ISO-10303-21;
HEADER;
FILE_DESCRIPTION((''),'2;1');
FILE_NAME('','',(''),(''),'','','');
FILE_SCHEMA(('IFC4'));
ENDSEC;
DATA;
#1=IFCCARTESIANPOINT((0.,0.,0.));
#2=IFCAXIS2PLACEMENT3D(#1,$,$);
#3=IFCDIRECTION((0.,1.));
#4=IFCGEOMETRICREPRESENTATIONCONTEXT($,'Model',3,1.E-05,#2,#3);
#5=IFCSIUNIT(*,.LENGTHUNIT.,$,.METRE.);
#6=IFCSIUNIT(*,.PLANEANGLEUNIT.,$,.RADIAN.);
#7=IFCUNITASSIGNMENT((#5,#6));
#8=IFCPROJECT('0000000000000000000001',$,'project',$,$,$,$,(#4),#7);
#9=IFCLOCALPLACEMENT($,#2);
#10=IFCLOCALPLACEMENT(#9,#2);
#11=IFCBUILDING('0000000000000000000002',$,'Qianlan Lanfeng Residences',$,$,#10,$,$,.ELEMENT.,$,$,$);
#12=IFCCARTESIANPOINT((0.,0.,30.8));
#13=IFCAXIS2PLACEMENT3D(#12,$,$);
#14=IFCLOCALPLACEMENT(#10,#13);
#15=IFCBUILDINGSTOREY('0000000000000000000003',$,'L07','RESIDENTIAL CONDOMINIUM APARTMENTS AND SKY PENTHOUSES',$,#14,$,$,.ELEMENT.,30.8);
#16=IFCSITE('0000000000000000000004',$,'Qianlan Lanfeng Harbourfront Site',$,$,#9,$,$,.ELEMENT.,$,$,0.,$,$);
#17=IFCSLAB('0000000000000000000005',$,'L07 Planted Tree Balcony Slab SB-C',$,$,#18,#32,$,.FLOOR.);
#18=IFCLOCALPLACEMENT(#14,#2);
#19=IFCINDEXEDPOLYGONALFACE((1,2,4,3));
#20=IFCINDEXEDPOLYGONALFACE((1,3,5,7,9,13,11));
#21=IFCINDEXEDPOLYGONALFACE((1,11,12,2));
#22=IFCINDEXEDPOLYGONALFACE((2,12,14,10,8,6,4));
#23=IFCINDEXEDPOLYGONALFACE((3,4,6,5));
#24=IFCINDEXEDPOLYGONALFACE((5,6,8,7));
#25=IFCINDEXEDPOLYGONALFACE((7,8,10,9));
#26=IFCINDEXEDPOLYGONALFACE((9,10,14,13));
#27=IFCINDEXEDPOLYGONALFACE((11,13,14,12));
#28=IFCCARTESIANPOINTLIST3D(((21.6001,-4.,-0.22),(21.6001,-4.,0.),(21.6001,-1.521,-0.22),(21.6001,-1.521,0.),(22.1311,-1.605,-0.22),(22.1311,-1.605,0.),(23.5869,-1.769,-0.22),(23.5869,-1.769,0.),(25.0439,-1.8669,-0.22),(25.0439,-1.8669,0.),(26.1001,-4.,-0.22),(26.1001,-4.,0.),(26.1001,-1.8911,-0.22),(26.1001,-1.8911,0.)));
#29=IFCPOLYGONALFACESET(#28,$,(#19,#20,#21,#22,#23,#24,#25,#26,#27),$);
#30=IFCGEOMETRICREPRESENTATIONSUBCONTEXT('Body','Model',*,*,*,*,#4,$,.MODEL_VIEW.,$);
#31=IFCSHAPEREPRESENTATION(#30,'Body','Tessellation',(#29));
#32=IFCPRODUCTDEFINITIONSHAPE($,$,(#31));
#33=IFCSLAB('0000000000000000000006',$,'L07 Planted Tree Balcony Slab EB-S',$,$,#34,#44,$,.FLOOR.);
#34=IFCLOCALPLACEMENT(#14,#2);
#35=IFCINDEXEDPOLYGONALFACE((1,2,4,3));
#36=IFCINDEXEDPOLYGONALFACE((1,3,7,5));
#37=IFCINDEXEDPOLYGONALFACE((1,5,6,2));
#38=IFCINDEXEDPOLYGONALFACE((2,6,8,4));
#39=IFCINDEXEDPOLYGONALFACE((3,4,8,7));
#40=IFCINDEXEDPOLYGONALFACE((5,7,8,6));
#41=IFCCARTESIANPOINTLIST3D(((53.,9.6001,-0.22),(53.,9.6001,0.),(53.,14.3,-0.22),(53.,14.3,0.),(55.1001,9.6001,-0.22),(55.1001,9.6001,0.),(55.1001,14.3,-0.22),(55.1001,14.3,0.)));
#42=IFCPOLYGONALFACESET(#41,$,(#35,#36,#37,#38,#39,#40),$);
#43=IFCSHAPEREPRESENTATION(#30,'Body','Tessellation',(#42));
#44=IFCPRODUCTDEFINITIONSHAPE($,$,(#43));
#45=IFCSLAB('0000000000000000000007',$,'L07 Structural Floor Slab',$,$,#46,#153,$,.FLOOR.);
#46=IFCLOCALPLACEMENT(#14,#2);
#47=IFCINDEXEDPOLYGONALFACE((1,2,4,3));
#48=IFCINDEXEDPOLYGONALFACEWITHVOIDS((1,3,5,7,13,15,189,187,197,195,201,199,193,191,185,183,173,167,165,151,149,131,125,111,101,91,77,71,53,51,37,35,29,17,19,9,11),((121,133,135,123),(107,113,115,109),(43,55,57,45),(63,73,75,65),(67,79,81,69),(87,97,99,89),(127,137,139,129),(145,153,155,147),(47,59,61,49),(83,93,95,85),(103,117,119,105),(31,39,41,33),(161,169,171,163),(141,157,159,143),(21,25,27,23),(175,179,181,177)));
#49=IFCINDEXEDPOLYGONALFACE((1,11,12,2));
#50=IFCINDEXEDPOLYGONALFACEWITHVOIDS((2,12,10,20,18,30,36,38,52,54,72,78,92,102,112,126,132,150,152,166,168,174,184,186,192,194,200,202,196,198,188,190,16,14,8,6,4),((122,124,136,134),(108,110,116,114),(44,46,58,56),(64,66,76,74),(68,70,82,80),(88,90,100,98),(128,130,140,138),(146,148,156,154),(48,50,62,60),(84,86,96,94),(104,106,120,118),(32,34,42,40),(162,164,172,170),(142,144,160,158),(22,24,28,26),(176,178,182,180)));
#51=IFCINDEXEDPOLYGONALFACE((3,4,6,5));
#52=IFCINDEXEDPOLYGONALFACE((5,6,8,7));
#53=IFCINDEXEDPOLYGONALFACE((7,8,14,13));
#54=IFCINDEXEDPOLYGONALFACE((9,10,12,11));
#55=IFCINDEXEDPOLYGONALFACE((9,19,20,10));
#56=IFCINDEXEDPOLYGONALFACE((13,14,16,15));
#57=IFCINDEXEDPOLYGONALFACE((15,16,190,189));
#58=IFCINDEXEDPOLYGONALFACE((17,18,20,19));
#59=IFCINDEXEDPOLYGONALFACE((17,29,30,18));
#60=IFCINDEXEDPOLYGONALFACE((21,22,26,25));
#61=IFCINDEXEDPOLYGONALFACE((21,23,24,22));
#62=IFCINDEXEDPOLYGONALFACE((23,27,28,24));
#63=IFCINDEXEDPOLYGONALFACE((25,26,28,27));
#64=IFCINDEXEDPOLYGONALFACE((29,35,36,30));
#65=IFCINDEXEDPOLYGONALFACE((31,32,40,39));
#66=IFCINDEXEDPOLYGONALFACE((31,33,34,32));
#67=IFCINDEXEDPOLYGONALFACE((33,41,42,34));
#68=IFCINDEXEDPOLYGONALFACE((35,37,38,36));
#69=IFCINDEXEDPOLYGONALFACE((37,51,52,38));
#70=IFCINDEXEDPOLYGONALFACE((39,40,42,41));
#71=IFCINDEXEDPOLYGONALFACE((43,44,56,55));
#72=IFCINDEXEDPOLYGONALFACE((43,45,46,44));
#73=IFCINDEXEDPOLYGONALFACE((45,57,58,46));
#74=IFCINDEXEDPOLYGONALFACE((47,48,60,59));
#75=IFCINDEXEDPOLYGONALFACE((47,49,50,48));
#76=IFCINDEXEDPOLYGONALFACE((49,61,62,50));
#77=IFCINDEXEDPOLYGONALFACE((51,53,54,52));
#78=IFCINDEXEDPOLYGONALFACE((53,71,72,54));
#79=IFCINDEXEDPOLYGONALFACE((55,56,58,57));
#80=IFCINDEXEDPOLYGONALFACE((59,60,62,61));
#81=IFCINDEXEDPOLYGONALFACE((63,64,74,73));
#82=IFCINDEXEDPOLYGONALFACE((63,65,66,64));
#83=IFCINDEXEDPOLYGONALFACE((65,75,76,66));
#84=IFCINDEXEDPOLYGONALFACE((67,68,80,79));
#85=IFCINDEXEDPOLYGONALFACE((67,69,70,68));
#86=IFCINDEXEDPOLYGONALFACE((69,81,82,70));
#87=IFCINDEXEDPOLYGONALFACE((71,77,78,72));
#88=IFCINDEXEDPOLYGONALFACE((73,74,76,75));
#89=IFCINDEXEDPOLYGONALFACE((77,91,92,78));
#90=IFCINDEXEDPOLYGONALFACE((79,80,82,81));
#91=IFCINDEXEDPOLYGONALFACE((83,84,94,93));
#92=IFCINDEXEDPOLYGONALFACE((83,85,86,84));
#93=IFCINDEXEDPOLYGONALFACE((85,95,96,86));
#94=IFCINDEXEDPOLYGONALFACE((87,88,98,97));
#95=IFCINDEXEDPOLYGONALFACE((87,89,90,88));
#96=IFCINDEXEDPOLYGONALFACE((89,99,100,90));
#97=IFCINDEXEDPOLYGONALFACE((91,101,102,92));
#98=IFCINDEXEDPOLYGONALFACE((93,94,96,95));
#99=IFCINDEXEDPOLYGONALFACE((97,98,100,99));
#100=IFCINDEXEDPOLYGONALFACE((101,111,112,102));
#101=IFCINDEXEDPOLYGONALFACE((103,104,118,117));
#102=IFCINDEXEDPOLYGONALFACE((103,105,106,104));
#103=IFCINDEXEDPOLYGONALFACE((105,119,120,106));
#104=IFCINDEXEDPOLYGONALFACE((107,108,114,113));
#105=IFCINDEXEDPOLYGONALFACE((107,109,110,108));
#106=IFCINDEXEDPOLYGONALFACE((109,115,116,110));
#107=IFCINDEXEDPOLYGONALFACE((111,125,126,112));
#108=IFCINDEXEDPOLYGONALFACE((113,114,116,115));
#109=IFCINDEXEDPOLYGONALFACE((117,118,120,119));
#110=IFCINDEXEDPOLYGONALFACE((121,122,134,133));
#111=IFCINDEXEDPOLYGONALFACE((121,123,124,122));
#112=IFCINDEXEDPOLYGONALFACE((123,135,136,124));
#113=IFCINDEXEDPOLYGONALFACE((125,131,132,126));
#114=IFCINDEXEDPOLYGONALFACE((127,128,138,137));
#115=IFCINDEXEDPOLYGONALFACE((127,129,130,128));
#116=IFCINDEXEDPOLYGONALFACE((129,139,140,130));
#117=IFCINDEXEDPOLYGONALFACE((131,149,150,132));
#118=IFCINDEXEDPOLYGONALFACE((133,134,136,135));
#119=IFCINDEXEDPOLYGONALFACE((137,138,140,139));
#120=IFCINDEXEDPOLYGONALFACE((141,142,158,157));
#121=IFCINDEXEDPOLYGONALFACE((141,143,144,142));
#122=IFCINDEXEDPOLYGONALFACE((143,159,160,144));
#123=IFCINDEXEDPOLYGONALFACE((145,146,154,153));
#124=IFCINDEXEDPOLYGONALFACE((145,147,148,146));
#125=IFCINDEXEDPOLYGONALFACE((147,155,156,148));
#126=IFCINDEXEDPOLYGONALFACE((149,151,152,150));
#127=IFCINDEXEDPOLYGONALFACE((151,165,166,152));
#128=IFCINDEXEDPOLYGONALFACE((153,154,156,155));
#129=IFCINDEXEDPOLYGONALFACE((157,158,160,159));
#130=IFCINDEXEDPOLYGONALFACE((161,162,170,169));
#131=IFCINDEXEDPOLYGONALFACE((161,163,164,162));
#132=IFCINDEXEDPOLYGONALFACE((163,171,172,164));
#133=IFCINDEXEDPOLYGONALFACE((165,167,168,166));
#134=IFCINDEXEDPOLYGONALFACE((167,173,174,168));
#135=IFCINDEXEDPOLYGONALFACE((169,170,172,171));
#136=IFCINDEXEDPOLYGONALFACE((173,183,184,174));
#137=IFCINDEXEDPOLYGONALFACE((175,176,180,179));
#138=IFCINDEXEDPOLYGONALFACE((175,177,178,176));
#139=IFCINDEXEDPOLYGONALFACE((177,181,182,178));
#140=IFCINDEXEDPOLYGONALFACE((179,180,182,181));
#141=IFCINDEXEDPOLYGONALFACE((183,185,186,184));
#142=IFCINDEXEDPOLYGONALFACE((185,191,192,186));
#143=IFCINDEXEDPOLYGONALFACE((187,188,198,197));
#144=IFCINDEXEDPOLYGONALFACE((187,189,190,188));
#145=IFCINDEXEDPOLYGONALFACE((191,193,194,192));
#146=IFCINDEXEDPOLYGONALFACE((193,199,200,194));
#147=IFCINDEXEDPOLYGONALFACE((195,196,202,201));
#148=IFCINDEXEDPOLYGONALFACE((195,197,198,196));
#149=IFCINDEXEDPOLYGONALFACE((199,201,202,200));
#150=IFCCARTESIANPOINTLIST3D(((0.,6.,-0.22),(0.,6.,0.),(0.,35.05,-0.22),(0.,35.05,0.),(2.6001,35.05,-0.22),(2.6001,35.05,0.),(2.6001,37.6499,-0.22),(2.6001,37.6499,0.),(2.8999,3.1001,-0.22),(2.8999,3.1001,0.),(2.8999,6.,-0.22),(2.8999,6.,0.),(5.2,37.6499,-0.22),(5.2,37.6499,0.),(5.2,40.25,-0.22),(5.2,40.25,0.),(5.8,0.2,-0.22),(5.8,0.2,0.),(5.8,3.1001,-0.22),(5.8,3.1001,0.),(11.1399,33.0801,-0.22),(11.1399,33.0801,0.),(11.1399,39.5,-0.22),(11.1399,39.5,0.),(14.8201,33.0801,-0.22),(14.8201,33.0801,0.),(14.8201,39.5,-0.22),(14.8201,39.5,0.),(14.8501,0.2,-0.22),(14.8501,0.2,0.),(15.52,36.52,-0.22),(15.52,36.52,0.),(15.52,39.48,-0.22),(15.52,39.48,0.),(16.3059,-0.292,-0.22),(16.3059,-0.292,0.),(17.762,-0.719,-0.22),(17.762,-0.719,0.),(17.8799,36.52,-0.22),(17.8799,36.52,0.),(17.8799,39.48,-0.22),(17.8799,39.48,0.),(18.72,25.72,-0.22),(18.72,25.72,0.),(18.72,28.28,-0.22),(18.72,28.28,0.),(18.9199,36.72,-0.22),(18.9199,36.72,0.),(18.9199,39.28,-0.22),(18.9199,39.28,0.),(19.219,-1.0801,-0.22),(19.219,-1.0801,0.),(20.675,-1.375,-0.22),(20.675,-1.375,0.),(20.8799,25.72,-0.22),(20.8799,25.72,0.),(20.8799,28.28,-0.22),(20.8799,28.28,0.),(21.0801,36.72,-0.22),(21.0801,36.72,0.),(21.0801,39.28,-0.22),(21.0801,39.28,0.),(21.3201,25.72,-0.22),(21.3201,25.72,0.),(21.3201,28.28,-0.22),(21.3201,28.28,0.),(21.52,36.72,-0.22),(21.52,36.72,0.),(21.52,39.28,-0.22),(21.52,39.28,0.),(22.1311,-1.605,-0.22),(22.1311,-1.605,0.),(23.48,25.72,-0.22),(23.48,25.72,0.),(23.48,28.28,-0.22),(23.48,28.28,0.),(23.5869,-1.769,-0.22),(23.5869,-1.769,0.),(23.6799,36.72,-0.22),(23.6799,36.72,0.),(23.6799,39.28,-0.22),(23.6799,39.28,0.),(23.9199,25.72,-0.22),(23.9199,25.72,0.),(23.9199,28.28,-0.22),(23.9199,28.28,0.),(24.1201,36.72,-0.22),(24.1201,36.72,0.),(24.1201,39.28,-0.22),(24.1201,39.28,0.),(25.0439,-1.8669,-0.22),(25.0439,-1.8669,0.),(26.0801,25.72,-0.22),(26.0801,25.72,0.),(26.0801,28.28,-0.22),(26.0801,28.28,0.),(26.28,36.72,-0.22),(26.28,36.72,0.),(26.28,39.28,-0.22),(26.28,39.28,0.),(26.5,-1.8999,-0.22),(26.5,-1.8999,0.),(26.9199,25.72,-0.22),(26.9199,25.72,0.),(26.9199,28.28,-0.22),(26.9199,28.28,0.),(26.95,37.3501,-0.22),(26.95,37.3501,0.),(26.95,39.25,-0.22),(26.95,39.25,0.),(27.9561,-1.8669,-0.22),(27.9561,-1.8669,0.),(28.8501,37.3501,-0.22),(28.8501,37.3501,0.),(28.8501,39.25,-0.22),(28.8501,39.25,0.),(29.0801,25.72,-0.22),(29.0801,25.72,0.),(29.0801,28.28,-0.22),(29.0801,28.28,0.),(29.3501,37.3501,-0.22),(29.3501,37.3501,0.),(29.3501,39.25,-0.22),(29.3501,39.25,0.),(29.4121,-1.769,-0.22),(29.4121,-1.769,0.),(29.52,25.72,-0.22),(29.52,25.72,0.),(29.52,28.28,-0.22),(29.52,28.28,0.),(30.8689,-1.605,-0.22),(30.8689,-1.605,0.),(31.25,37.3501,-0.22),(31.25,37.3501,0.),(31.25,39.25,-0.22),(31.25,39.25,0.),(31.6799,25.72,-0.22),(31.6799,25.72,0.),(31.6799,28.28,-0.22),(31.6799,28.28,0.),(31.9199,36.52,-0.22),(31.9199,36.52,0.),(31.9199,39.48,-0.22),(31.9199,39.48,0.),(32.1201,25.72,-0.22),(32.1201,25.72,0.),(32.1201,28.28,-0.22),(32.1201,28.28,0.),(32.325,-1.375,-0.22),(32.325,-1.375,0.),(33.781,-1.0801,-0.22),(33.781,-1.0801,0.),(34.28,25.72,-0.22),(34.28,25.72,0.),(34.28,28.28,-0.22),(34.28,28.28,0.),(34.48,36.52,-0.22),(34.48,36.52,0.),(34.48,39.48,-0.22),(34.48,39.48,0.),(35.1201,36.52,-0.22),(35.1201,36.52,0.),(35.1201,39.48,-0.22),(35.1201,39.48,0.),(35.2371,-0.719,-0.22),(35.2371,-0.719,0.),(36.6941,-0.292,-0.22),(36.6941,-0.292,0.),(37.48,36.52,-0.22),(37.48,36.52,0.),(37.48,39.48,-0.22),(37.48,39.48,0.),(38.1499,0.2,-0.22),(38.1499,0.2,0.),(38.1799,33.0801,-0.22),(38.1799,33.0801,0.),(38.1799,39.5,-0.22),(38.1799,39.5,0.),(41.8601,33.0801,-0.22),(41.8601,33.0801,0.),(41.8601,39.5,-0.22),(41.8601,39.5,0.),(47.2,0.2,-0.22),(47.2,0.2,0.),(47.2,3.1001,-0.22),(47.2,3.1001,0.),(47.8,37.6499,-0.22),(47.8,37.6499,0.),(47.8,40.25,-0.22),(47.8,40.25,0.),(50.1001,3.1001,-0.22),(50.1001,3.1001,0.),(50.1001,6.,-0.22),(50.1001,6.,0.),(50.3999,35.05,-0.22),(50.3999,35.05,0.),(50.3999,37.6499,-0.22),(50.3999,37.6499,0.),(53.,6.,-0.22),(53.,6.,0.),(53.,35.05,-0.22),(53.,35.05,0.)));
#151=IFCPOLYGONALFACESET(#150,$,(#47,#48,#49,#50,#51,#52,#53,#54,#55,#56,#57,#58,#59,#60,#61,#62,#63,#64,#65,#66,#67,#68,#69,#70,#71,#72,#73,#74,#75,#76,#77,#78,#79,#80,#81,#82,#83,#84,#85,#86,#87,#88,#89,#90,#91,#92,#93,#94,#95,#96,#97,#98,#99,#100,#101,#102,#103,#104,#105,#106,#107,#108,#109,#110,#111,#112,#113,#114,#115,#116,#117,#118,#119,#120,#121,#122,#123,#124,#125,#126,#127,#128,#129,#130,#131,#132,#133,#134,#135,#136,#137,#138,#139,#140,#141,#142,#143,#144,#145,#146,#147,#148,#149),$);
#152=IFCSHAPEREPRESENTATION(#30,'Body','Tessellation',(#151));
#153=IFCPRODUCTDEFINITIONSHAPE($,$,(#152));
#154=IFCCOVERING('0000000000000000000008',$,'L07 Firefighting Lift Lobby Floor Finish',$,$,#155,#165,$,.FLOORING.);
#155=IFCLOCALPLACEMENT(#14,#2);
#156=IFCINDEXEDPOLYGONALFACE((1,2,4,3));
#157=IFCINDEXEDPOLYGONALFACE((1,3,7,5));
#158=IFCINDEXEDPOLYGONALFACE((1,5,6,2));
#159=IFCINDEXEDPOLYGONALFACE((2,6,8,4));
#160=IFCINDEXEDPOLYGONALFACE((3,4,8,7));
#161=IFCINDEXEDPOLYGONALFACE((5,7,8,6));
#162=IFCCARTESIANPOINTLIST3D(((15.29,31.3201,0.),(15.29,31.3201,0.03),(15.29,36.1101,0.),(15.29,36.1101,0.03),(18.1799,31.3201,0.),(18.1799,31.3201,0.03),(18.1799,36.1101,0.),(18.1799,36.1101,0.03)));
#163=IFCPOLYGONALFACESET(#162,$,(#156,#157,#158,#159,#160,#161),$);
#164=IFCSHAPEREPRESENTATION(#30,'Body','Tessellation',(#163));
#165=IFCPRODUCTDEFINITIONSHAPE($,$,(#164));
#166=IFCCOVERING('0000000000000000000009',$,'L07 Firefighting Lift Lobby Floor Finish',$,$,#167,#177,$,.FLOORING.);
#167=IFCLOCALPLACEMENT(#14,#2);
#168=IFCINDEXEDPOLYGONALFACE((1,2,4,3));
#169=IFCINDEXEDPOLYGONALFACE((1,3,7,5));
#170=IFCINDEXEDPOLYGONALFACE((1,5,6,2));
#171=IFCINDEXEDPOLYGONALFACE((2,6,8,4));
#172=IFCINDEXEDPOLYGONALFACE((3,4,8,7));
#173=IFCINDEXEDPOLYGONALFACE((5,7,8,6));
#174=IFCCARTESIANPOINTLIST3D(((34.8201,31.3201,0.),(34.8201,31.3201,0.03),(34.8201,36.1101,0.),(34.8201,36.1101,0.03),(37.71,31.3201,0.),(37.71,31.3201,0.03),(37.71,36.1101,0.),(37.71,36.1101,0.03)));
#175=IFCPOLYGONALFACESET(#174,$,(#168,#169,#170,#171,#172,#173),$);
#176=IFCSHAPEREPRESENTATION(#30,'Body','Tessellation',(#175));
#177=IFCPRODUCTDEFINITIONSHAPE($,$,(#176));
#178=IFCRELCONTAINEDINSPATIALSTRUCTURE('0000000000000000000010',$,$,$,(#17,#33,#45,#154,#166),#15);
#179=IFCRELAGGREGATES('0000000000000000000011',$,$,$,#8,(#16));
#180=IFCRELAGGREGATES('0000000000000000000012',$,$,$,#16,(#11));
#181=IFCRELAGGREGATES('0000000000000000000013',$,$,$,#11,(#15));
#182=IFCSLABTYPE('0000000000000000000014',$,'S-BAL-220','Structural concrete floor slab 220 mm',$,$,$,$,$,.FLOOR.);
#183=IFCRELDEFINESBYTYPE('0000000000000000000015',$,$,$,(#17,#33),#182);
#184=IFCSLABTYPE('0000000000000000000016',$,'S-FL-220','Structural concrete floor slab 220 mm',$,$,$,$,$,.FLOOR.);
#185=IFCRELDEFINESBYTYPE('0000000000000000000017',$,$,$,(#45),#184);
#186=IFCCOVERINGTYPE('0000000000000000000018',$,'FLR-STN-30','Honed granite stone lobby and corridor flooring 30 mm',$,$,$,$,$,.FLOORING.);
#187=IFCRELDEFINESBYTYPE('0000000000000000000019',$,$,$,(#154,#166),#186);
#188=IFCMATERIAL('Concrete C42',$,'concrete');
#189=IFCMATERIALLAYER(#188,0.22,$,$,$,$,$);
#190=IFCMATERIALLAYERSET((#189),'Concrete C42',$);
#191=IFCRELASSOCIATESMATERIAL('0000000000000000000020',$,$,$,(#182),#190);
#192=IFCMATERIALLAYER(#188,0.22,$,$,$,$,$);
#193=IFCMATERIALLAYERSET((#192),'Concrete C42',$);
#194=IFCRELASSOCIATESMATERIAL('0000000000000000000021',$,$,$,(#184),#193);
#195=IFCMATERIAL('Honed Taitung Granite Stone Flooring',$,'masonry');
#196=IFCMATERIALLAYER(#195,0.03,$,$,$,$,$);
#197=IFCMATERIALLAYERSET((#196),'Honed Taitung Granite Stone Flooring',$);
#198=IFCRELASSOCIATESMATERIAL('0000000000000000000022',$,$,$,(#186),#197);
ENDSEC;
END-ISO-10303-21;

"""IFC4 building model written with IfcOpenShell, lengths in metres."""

from ifc_helpers import new_model, si_unit, direction, frame, origin, place, context, subcontext, project, spatial, polyline, outline, extrude, material, layer, layer_set, type_object, element, save


model = new_model("IFC4")

# Units and contexts
model_context = context("Model", 3, precision=1e-05, world=origin(), true_north=direction((0.0, 1.0)))
body_context = subcontext(model_context, "Body", "Model", "MODEL_VIEW")
ifc_project = project(units=[si_unit("LENGTHUNIT", "METRE"), si_unit("PLANEANGLEUNIT", "RADIAN")], contexts=[model_context])

# Site, building, storey
site_placement = place(None, origin())
site = spatial("IfcSite", under=ifc_project, at=site_placement, Name="Qianlan Lanfeng Harbourfront Site", CompositionType="ELEMENT", RefElevation=0.0)
building_placement = place(site_placement, origin())
building = spatial("IfcBuilding", under=site, at=building_placement, Name="Qianlan Lanfeng Residences", CompositionType="ELEMENT")
storey_placement = place(building_placement, frame((0.0, 0.0, 30.8)))
storey = spatial("IfcBuildingStorey", under=building, at=storey_placement, Name="L07", Description="RESIDENTIAL CONDOMINIUM APARTMENTS AND SKY PENTHOUSES", CompositionType="ELEMENT", Elevation=30.8)

# Slabs
ifc_material_1 = material(Name="Concrete C42", Category="concrete")
ifc_layer_1 = layer(ifc_material_1, 0.22)
ifc_layer_set_1 = layer_set([ifc_layer_1], Name="Concrete C42")
slab_type_1 = type_object("IfcSlabType", Name="S-BAL-220", Description="Structural concrete floor slab 220 mm", PredefinedType="FLOOR", material=ifc_layer_set_1)
slab_1_placement = place(storey_placement, frame((0.0, 0.0, -0.22)))
element("IfcSlab", 1, at=slab_1_placement, inside=storey, type_object=slab_type_1, Name="L07 Planted Tree Balcony Slab SB-C", PredefinedType="FLOOR", context=body_context, shape_type="SweptSolid", body=[
    extrude(outline(polyline([(26.1001, -1.8911), (25.0439, -1.8669), (23.5869, -1.769), (22.1311, -1.605), (21.6001, -1.521), (21.6001, -4.0), (26.1001, -4.0), (26.1001, -1.8911)])), origin(), (0.0, 0.0, 1.0), 0.22),
])
slab_2_placement = place(storey_placement, frame((0.0, 0.0, -0.22)))
element("IfcSlab", 2, at=slab_2_placement, inside=storey, type_object=slab_type_1, Name="L07 Planted Tree Balcony Slab EB-S", PredefinedType="FLOOR", context=body_context, shape_type="SweptSolid", body=[
    extrude(outline(polyline([(53.0, 14.3), (53.0, 9.6001), (55.1001, 9.6001), (55.1001, 14.3), (53.0, 14.3)])), origin(), (0.0, 0.0, 1.0), 0.22),
])
ifc_layer_2 = layer(ifc_material_1, 0.22)
ifc_layer_set_2 = layer_set([ifc_layer_2], Name="Concrete C42")
slab_type_2 = type_object("IfcSlabType", Name="S-FL-220", Description="Structural concrete floor slab 220 mm", PredefinedType="FLOOR", material=ifc_layer_set_2)
slab_3_placement = place(storey_placement, frame((0.0, 0.0, -0.22)))
element("IfcSlab", 3, at=slab_3_placement, inside=storey, type_object=slab_type_2, Name="L07 Structural Floor Slab", PredefinedType="FLOOR", context=body_context, shape_type="SweptSolid", body=[
    extrude(outline(polyline([(0.0, 6.0), (2.8999, 6.0), (2.8999, 3.1001), (5.8, 3.1001), (5.8, 0.2), (14.8501, 0.2), (16.3059, -0.292), (17.762, -0.719), (19.219, -1.0801), (20.675, -1.375), (22.1311, -1.605), (23.5869, -1.769), (25.0439, -1.8669), (26.5, -1.8999), (27.9561, -1.8669), (29.4121, -1.769), (30.8689, -1.605), (32.325, -1.375), (33.781, -1.0801), (35.2371, -0.719), (36.6941, -0.292), (38.1499, 0.2), (47.2, 0.2), (47.2, 3.1001), (50.1001, 3.1001), (50.1001, 6.0), (53.0, 6.0), (53.0, 35.05), (50.3999, 35.05), (50.3999, 37.6499), (47.8, 37.6499), (47.8, 40.25), (5.2, 40.25), (5.2, 37.6499), (2.6001, 37.6499), (2.6001, 35.05), (0.0, 35.05), (0.0, 6.0)]), holes=[polyline([(11.1399, 33.0801), (11.1399, 39.5), (14.8201, 39.5), (14.8201, 33.0801), (11.1399, 33.0801)]), polyline([(38.1799, 33.0801), (38.1799, 39.5), (41.8601, 39.5), (41.8601, 33.0801), (38.1799, 33.0801)]), polyline([(15.52, 36.52), (15.52, 39.48), (17.8799, 39.48), (17.8799, 36.52), (15.52, 36.52)]), polyline([(35.1201, 36.52), (35.1201, 39.48), (37.48, 39.48), (37.48, 36.52), (35.1201, 36.52)]), polyline([(31.9199, 36.52), (31.9199, 39.48), (34.48, 39.48), (34.48, 36.52), (31.9199, 36.52)]), polyline([(18.72, 25.72), (18.72, 28.28), (20.8799, 28.28), (20.8799, 25.72), (18.72, 25.72)]), polyline([(21.3201, 25.72), (21.3201, 28.28), (23.48, 28.28), (23.48, 25.72), (21.3201, 25.72)]), polyline([(23.9199, 25.72), (23.9199, 28.28), (26.0801, 28.28), (26.0801, 25.72), (23.9199, 25.72)]), polyline([(26.9199, 25.72), (26.9199, 28.28), (29.0801, 28.28), (29.0801, 25.72), (26.9199, 25.72)]), polyline([(29.52, 25.72), (29.52, 28.28), (31.6799, 28.28), (31.6799, 25.72), (29.52, 25.72)]), polyline([(32.1201, 25.72), (32.1201, 28.28), (34.28, 28.28), (34.28, 25.72), (32.1201, 25.72)]), polyline([(18.9199, 36.72), (18.9199, 39.28), (21.0801, 39.28), (21.0801, 36.72), (18.9199, 36.72)]), polyline([(21.52, 36.72), (21.52, 39.28), (23.6799, 39.28), (23.6799, 36.72), (21.52, 36.72)]), polyline([(24.1201, 36.72), (24.1201, 39.28), (26.28, 39.28), (26.28, 36.72), (24.1201, 36.72)]), polyline([(26.95, 37.3501), (26.95, 39.25), (28.8501, 39.25), (28.8501, 37.3501), (26.95, 37.3501)]), polyline([(29.3501, 37.3501), (29.3501, 39.25), (31.25, 39.25), (31.25, 37.3501), (29.3501, 37.3501)])]), origin(), (0.0, 0.0, 1.0), 0.22),
])

# Coverings
ifc_material_2 = material(Name="Honed Taitung Granite Stone Flooring", Category="masonry")
ifc_layer_3 = layer(ifc_material_2, 0.03)
ifc_layer_set_3 = layer_set([ifc_layer_3], Name="Honed Taitung Granite Stone Flooring")
covering_type_1 = type_object("IfcCoveringType", Name="FLR-STN-30", Description="Honed granite stone lobby and corridor flooring 30 mm", PredefinedType="FLOORING", material=ifc_layer_set_3)
covering_1_placement = place(storey_placement, origin())
element("IfcCovering", 4, at=covering_1_placement, inside=storey, type_object=covering_type_1, Name="L07 Firefighting Lift Lobby Floor Finish", PredefinedType="FLOORING", context=body_context, shape_type="SweptSolid", body=[
    extrude(outline(polyline([(15.29, 31.3201), (18.1799, 31.3201), (18.1799, 36.1101), (15.29, 36.1101), (15.29, 31.3201)])), origin(), (0.0, 0.0, 1.0), 0.03),
])
covering_2_placement = place(storey_placement, origin())
element("IfcCovering", 5, at=covering_2_placement, inside=storey, type_object=covering_type_1, Name="L07 Firefighting Lift Lobby Floor Finish", PredefinedType="FLOORING", context=body_context, shape_type="SweptSolid", body=[
    extrude(outline(polyline([(34.8201, 31.3201), (37.71, 31.3201), (37.71, 36.1101), (34.8201, 36.1101), (34.8201, 31.3201)])), origin(), (0.0, 0.0, 1.0), 0.03),
])

save(model, "model.ifc")
